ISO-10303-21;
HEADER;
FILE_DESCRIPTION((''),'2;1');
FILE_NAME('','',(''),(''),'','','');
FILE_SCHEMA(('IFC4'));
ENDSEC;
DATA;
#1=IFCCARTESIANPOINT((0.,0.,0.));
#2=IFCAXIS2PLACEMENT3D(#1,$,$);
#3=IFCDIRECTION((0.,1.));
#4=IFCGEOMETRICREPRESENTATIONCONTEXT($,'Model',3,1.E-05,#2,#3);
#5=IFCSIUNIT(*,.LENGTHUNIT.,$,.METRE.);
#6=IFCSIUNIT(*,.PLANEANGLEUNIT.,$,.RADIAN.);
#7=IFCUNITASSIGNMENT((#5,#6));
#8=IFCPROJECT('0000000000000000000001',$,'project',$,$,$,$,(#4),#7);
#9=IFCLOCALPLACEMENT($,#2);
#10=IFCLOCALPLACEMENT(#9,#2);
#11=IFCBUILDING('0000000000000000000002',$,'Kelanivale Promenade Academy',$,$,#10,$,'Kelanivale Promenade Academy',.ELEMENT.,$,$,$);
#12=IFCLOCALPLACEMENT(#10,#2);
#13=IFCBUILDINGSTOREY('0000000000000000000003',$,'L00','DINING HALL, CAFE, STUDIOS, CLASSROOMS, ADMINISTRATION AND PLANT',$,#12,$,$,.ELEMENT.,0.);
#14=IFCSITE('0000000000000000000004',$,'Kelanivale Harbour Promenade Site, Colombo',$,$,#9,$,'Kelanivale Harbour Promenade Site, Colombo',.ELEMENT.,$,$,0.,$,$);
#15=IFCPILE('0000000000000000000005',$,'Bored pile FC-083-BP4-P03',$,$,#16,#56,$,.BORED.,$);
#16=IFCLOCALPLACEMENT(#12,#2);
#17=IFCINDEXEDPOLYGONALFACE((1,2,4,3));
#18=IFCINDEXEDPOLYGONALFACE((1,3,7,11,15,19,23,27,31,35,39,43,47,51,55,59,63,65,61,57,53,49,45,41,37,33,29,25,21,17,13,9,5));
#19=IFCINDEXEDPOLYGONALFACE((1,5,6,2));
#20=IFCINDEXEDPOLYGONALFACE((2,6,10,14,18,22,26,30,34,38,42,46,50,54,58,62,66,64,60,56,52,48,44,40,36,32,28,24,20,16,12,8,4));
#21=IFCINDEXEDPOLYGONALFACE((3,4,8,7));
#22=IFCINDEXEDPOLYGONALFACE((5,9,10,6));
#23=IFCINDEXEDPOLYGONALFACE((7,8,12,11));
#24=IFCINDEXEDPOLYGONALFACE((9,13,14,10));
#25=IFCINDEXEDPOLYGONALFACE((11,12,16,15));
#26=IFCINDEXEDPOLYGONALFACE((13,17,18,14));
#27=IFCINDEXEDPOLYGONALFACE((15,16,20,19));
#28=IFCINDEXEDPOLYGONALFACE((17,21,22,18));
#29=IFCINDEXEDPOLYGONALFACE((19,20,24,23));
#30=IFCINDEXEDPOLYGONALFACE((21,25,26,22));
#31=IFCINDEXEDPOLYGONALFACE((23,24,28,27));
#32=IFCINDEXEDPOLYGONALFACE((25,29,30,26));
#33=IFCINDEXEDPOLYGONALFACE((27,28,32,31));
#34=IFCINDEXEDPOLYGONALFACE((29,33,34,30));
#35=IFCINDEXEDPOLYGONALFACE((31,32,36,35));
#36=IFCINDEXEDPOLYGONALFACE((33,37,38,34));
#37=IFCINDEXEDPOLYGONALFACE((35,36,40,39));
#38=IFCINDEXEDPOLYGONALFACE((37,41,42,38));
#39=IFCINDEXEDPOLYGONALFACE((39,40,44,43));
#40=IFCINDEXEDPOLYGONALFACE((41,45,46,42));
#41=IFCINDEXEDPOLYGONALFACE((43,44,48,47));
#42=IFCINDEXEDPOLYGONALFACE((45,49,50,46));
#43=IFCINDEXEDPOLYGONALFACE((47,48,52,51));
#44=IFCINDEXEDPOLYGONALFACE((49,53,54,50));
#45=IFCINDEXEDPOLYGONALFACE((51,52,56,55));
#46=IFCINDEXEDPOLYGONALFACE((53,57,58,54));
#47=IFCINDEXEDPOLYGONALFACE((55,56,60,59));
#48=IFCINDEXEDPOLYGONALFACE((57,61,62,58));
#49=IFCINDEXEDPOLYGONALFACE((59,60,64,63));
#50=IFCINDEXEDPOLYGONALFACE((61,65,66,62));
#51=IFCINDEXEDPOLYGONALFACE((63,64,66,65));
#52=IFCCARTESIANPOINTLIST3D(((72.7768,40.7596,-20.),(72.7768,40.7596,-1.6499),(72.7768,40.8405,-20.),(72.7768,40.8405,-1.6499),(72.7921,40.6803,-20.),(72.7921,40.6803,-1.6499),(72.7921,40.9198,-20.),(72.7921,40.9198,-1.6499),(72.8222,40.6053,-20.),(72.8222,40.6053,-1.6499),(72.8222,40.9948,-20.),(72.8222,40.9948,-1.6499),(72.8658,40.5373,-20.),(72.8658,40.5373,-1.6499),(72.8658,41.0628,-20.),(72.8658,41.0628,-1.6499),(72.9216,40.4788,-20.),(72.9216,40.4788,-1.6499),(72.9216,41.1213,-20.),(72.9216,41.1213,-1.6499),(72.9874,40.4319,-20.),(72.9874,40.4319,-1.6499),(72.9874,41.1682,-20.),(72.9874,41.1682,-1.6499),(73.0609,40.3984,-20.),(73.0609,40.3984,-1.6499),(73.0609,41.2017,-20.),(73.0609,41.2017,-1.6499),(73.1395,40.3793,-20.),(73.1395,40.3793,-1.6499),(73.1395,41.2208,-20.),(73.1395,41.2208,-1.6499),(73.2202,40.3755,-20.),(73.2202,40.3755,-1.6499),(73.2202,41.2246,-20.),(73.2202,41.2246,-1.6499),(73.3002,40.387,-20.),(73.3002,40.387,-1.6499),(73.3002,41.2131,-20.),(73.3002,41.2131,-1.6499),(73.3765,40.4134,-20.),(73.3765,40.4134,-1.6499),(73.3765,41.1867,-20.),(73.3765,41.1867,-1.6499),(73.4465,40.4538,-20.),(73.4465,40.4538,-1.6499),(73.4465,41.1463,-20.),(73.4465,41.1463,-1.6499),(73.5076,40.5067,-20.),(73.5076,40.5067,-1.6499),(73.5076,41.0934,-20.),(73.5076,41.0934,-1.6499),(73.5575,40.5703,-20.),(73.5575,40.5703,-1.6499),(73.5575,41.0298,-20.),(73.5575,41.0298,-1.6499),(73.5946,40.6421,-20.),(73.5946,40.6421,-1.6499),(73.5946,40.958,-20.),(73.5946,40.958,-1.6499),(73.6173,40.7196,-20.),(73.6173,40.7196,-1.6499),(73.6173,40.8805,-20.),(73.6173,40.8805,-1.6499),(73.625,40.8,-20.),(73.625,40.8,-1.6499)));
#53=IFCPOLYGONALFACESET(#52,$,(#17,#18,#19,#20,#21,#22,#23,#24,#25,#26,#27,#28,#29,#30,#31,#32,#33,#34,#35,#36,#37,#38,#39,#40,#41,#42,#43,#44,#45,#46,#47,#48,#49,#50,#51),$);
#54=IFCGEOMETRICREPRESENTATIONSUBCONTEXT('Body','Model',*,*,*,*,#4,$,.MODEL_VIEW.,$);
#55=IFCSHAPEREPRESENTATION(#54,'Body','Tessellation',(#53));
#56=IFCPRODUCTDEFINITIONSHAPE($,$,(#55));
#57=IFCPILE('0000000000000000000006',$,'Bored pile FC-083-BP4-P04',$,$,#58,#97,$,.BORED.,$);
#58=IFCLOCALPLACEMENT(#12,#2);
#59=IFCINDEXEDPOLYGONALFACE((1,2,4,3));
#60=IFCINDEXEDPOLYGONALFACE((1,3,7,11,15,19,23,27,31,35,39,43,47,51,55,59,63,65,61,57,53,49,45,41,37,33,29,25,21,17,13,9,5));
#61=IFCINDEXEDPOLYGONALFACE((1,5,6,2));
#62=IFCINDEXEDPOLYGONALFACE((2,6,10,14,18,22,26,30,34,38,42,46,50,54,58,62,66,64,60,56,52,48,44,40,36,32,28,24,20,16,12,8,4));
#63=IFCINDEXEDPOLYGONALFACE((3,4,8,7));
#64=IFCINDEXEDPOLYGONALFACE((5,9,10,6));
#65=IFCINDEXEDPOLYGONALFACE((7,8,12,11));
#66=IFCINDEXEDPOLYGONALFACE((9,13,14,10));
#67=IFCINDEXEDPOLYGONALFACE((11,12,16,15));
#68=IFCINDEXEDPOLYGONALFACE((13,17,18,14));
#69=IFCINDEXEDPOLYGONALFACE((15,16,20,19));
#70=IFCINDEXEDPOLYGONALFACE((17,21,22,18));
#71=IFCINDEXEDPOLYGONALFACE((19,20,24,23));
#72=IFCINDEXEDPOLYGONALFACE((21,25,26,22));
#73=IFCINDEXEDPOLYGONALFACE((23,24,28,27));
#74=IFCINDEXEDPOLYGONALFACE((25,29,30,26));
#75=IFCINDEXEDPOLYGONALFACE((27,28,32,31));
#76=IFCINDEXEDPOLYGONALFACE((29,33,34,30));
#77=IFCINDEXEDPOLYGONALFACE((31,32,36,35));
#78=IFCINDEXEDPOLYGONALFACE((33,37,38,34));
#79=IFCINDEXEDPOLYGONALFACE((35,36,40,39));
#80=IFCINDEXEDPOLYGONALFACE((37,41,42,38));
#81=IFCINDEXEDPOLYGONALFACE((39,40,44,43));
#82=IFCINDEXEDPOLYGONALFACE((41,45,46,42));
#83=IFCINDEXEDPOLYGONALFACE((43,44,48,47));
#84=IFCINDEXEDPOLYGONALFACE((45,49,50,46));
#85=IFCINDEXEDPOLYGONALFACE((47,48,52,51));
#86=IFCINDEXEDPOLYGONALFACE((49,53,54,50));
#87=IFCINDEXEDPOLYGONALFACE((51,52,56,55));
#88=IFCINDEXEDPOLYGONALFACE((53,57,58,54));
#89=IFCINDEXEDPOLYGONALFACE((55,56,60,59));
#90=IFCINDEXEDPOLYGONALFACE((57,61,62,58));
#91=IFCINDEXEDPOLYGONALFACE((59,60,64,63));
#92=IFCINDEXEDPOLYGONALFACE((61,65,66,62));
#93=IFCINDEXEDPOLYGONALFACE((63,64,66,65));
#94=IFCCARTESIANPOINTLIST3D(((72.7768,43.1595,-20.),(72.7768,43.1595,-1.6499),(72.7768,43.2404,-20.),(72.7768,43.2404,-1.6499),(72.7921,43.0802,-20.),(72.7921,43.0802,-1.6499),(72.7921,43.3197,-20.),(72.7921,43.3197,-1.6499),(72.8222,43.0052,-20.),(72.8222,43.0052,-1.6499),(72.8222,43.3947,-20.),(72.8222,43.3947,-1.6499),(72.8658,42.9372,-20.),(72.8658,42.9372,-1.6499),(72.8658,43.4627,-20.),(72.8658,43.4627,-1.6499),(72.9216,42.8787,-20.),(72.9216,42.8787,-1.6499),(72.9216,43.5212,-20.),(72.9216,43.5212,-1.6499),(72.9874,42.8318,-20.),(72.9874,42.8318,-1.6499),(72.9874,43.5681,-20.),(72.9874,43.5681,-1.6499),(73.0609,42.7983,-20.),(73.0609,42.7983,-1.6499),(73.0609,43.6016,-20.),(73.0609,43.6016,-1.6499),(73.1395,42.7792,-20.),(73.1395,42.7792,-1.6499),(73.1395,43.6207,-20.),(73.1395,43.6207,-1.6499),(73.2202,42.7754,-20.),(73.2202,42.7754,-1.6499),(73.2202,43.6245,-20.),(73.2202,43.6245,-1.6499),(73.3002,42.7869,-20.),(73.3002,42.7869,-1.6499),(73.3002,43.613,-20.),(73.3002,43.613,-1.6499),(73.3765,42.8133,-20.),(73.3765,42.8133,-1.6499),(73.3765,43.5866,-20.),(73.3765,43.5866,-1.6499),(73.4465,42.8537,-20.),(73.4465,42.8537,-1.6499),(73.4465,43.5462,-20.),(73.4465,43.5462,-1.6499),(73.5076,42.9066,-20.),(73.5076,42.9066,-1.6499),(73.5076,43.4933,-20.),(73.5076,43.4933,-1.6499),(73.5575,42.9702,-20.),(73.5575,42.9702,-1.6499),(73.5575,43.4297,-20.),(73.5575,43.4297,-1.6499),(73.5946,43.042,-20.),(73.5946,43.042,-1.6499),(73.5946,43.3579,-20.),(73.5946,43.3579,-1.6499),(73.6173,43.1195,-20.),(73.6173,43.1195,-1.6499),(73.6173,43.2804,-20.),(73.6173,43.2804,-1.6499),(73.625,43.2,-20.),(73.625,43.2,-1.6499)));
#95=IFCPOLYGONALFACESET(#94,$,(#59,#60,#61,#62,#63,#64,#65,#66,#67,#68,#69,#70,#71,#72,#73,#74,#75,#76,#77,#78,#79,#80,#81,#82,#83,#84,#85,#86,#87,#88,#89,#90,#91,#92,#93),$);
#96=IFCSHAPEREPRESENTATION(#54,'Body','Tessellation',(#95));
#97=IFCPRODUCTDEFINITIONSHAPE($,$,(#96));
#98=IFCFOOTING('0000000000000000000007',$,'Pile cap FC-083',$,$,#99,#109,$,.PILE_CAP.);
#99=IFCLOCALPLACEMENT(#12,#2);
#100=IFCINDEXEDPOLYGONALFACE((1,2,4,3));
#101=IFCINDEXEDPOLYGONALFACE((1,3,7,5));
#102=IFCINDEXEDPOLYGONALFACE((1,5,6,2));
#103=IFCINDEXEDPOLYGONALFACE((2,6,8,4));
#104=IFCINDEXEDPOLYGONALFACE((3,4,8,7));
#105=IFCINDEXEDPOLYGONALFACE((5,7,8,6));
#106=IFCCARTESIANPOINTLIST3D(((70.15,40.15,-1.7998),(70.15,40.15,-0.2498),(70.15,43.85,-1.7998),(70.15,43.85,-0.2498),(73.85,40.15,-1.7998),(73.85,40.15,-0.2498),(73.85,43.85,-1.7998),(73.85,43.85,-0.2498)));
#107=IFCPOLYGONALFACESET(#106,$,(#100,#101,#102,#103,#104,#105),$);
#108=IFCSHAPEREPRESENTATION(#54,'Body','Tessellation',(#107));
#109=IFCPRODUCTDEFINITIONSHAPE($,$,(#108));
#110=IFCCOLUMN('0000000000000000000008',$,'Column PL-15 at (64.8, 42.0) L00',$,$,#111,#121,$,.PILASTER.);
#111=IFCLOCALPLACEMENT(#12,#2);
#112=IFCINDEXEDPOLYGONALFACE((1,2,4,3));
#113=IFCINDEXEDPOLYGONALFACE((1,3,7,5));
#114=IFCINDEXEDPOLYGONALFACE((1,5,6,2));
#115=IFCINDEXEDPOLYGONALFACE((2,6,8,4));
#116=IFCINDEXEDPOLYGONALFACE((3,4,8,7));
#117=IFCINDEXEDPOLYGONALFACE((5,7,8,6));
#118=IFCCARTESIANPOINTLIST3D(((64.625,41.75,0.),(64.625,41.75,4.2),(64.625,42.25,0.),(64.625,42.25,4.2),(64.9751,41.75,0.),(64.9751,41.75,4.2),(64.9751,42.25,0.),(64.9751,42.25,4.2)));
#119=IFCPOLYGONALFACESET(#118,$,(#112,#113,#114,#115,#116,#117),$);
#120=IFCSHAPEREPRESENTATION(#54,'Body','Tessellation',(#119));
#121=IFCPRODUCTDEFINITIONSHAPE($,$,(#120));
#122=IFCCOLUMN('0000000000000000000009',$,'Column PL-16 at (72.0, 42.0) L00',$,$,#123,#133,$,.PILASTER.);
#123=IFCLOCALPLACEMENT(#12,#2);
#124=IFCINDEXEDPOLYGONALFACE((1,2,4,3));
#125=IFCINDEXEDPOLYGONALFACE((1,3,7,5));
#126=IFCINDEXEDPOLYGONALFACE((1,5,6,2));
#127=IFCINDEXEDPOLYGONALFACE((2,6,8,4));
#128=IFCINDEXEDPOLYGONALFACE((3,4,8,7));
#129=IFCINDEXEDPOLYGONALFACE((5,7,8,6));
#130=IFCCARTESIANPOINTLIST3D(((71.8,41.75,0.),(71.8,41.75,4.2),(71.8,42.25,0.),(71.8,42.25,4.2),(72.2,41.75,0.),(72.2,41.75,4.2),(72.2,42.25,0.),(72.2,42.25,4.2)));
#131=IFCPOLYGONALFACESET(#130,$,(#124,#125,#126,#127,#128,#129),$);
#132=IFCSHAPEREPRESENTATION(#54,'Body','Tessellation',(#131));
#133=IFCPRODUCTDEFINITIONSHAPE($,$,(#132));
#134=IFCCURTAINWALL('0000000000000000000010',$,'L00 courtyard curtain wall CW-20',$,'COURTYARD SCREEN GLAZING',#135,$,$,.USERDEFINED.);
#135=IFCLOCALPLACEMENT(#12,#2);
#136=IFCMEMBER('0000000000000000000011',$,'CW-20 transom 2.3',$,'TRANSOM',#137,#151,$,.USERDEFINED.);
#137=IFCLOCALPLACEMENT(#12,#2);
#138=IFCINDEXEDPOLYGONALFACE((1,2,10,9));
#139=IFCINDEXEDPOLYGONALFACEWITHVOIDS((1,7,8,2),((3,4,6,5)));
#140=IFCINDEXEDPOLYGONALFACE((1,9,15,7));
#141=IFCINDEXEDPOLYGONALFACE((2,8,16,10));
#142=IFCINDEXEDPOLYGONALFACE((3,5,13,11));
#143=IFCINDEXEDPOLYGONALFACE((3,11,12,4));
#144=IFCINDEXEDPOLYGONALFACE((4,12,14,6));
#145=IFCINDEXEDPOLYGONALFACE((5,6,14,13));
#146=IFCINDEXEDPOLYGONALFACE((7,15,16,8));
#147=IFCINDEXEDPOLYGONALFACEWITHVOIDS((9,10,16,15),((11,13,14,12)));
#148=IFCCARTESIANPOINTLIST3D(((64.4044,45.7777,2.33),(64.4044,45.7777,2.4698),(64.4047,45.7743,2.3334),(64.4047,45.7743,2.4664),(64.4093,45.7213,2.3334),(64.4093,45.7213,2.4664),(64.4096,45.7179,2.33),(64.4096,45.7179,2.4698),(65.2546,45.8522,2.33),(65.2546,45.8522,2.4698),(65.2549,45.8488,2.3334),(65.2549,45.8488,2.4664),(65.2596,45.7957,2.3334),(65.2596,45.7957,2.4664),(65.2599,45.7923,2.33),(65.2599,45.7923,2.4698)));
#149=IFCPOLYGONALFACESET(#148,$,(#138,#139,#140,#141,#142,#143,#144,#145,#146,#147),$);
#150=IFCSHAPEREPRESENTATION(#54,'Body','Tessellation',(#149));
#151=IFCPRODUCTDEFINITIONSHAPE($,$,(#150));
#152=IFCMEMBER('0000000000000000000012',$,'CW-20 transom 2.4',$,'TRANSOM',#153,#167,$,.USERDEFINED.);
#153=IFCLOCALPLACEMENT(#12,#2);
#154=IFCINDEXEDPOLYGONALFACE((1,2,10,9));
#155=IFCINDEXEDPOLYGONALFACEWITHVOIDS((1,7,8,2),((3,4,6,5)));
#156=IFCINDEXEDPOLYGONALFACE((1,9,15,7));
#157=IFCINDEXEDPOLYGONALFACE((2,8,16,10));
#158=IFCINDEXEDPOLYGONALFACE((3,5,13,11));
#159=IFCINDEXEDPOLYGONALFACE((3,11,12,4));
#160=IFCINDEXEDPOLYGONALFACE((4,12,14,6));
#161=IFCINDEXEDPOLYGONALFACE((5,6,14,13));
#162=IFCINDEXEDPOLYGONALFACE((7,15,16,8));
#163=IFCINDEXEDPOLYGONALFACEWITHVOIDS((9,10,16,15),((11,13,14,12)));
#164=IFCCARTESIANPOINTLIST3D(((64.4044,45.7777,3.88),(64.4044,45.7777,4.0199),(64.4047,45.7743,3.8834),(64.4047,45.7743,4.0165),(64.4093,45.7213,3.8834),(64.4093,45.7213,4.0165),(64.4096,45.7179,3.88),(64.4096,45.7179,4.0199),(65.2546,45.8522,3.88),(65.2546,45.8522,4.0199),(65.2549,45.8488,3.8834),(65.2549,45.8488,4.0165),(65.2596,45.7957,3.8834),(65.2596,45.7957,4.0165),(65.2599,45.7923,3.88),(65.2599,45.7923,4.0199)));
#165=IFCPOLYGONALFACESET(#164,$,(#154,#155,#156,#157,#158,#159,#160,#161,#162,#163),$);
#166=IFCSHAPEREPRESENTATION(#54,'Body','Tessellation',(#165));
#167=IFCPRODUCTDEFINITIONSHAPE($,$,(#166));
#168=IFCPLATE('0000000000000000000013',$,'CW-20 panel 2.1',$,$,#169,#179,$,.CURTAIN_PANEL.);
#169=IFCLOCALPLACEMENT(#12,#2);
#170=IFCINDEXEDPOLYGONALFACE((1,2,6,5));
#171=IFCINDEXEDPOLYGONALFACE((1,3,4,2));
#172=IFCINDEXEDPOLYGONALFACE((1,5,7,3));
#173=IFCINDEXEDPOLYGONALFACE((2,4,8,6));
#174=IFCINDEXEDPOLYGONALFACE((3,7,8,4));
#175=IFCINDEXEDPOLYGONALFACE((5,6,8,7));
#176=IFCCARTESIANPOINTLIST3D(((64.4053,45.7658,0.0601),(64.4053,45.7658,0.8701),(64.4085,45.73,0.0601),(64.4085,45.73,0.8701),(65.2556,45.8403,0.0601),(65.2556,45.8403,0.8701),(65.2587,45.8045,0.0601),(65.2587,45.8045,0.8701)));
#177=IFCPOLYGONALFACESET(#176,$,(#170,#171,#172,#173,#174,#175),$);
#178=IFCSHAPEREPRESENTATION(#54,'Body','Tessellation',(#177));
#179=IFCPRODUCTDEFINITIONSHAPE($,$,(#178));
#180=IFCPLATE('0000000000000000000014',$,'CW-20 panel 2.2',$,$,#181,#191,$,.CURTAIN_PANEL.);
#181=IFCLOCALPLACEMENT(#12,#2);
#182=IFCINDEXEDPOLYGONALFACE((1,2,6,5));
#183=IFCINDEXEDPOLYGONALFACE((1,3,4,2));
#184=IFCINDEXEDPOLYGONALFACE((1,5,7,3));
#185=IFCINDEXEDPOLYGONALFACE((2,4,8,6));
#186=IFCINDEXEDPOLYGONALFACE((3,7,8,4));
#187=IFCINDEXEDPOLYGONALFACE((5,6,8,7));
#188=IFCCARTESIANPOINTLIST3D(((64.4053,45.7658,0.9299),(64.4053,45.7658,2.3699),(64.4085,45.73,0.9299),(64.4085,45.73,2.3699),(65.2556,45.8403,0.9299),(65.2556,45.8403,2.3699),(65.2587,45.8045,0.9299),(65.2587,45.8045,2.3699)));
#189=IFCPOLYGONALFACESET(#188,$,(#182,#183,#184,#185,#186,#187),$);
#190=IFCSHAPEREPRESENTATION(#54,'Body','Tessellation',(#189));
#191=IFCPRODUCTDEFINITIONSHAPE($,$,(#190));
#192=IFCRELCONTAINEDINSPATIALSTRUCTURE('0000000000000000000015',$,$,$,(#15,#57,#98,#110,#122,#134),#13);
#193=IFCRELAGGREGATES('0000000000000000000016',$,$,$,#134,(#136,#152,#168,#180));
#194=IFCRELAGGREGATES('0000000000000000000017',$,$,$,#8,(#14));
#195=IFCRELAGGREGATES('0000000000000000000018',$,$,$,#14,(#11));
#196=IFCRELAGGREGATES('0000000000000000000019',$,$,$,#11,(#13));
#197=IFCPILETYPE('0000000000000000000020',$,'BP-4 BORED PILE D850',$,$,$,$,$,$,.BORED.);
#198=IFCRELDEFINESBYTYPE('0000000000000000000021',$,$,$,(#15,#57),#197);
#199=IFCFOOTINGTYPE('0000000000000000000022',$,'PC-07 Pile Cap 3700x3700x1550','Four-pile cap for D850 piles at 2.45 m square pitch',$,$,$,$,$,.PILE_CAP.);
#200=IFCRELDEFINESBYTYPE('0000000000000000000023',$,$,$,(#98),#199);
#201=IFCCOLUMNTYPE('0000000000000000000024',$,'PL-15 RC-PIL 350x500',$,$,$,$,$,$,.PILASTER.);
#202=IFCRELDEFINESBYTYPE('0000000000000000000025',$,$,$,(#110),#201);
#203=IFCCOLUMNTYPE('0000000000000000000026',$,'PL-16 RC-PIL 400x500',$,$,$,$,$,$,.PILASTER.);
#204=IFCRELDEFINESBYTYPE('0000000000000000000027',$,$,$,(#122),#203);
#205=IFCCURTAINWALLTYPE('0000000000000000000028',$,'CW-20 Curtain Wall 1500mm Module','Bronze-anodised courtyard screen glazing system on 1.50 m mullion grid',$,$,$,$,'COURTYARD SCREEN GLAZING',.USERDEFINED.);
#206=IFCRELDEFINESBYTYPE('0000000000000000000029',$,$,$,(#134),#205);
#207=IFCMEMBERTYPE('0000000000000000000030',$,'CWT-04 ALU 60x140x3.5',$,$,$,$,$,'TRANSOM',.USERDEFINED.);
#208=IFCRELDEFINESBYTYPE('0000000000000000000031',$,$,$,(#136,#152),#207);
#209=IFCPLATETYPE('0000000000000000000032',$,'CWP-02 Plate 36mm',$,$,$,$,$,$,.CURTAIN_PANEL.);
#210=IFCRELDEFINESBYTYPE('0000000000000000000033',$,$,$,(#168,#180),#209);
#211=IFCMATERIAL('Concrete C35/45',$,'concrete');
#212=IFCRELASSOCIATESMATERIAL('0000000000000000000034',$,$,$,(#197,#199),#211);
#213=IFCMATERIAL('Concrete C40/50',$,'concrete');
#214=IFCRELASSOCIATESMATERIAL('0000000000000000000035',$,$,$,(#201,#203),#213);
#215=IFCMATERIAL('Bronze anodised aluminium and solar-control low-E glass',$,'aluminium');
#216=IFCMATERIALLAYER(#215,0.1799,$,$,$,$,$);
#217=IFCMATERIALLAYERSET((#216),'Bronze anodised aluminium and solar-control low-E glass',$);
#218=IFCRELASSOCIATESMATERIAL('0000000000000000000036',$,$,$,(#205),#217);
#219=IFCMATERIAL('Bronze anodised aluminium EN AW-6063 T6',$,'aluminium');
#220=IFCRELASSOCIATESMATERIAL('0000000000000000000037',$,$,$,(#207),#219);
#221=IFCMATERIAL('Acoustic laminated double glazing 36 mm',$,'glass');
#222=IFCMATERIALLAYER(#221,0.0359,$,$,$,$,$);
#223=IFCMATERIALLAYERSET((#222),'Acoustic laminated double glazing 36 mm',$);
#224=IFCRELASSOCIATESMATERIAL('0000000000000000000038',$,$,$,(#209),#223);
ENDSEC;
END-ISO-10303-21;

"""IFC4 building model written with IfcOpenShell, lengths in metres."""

from ifc_helpers import new_model, si_unit, direction, frame, origin, origin_2d, place, context, subcontext, project, spatial, rectangle, hollow_rectangle, circle, extrude, material, layer, layer_set, material_profile, profile_set, type_object, element, aggregate, save


model = new_model("IFC4")

# Units and contexts
model_context = context("Model", 3, precision=1e-05, world=origin(), true_north=direction((0.0, 1.0)))
body_context = subcontext(model_context, "Body", "Model", "MODEL_VIEW")
ifc_project = project(units=[si_unit("LENGTHUNIT", "METRE"), si_unit("PLANEANGLEUNIT", "RADIAN")], contexts=[model_context])

# Site, building, storey
site_placement = place(None, origin())
site = spatial("IfcSite", under=ifc_project, at=site_placement, Name="Kelanivale Harbour Promenade Site, Colombo", LongName="Kelanivale Harbour Promenade Site, Colombo", CompositionType="ELEMENT", RefElevation=0.0)
building_placement = place(site_placement, origin())
building = spatial("IfcBuilding", under=site, at=building_placement, Name="Kelanivale Promenade Academy", LongName="Kelanivale Promenade Academy", CompositionType="ELEMENT")
storey_placement = place(building_placement, origin())
storey = spatial("IfcBuildingStorey", under=building, at=storey_placement, Name="L00", Description="DINING HALL, CAFE, STUDIOS, CLASSROOMS, ADMINISTRATION AND PLANT", CompositionType="ELEMENT", Elevation=0.0)

# Piles
ifc_material_1 = material(Name="Concrete C35/45", Category="concrete")
ifc_material_profile_1 = material_profile(ifc_material_1, circle(Radius=0.425, at=origin_2d()), Name="BORED PILE D850")
ifc_profile_set_1 = profile_set([ifc_material_profile_1], Name="Concrete C35/45")
pile_type = type_object("IfcPileType", Name="BP-4 BORED PILE D850", PredefinedType="BORED", material=ifc_profile_set_1)
for number, where, z_axis, x_axis, name in (
    (1, (73.2, 40.8, -1.6499), (0.0, 0.0, -1.0), (1.0, 0.0, 0.0), "Bored pile FC-083-BP4-P03"),
    (2, (73.2, 43.2, -1.6499), (0.0, 0.0, -1.0), (1.0, 0.0, 0.0), "Bored pile FC-083-BP4-P04"),
):
    element("IfcPile", number, at=place(storey_placement, frame(where, z_axis=z_axis, x_axis=x_axis)), inside=storey, type_object=pile_type, Name=name, PredefinedType="BORED", context=body_context, shape_type="SweptSolid", body=[
        extrude(circle(Radius=0.425, at=origin_2d()), origin(), (0.0, 0.0, 1.0), 18.3501),
    ])

# Footing
footing_type = type_object("IfcFootingType", Name="PC-07 Pile Cap 3700x3700x1550", Description="Four-pile cap for D850 piles at 2.45 m square pitch", PredefinedType="PILE_CAP", material=ifc_material_1)
footing_placement = place(storey_placement, frame((72.0, 42.0, -1.7998), z_axis=(0.0, 0.0, 1.0), x_axis=(1.0, 0.0, 0.0)))
element("IfcFooting", 3, at=footing_placement, inside=storey, type_object=footing_type, Name="Pile cap FC-083", PredefinedType="PILE_CAP", context=body_context, shape_type="SweptSolid", body=[
    extrude(rectangle(XDim=3.7, YDim=3.7, at=origin_2d()), origin(), (0.0, 0.0, 1.0), 1.55),
])

# Columns
ifc_material_2 = material(Name="Concrete C40/50", Category="concrete")
ifc_material_profile_2 = material_profile(ifc_material_2, rectangle(XDim=0.3501, YDim=0.5, at=origin_2d()), Name="RC-PIL 350x500")
ifc_profile_set_2 = profile_set([ifc_material_profile_2], Name="Concrete C40/50")
column_type_1 = type_object("IfcColumnType", Name="PL-15 RC-PIL 350x500", PredefinedType="PILASTER", material=ifc_profile_set_2)
column_1_placement = place(storey_placement, frame((64.8, 42.0, 0.0), z_axis=(0.0, 0.0, 1.0), x_axis=(1.0, 0.0, 0.0)))
element("IfcColumn", 4, at=column_1_placement, inside=storey, type_object=column_type_1, Name="Column PL-15 at (64.8, 42.0) L00", PredefinedType="PILASTER", context=body_context, shape_type="SweptSolid", body=[
    extrude(rectangle(XDim=0.3501, YDim=0.5, at=origin_2d()), origin(), (0.0, 0.0, 1.0), 4.2),
])
ifc_material_profile_3 = material_profile(ifc_material_2, rectangle(XDim=0.3999, YDim=0.5, at=origin_2d()), Name="RC-PIL 400x500")
ifc_profile_set_3 = profile_set([ifc_material_profile_3], Name="Concrete C40/50")
column_type_2 = type_object("IfcColumnType", Name="PL-16 RC-PIL 400x500", PredefinedType="PILASTER", material=ifc_profile_set_3)
column_2_placement = place(storey_placement, frame((72.0, 42.0, 0.0), z_axis=(0.0, 0.0, 1.0), x_axis=(1.0, 0.0, 0.0)))
element("IfcColumn", 5, at=column_2_placement, inside=storey, type_object=column_type_2, Name="Column PL-16 at (72.0, 42.0) L00", PredefinedType="PILASTER", context=body_context, shape_type="SweptSolid", body=[
    extrude(rectangle(XDim=0.3999, YDim=0.5, at=origin_2d()), origin(), (0.0, 0.0, 1.0), 4.2),
])

# Curtain wall, members, plates
ifc_material_3 = material(Name="Bronze anodised aluminium and solar-control low-E glass", Category="aluminium")
ifc_layer_1 = layer(ifc_material_3, 0.1799)
ifc_layer_set_1 = layer_set([ifc_layer_1], Name="Bronze anodised aluminium and solar-control low-E glass")
curtain_wall_type = type_object("IfcCurtainWallType", Name="CW-20 Curtain Wall 1500mm Module", Description="Bronze-anodised courtyard screen glazing system on 1.50 m mullion grid", ElementType="COURTYARD SCREEN GLAZING", PredefinedType="USERDEFINED", material=ifc_layer_set_1)
curtain_wall_placement = place(storey_placement, origin())
curtain_wall = element("IfcCurtainWall", 6, at=curtain_wall_placement, inside=storey, type_object=curtain_wall_type, Name="L00 courtyard curtain wall CW-20", ObjectType="COURTYARD SCREEN GLAZING", PredefinedType="USERDEFINED")
ifc_material_4 = material(Name="Bronze anodised aluminium EN AW-6063 T6", Category="aluminium")
ifc_material_profile_4 = material_profile(ifc_material_4, hollow_rectangle(XDim=0.0601, YDim=0.1399, WallThickness=0.0034, at=origin_2d()), Name="ALU 60x140x3.5")
ifc_profile_set_4 = profile_set([ifc_material_profile_4], Name="Bronze anodised aluminium EN AW-6063 T6")
member_type = type_object("IfcMemberType", Name="CWT-04 ALU 60x140x3.5", ElementType="TRANSOM", PredefinedType="USERDEFINED", material=ifc_profile_set_4)
member_1_placement = place(storey_placement, frame((64.407, 45.7478, 2.3999), z_axis=(0.996188, 0.087234, 0.0), x_axis=(-0.087234, 0.996188, 0.0)))
member_1 = element("IfcMember", 7, at=member_1_placement, type_object=member_type, Name="CW-20 transom 2.3", ObjectType="TRANSOM", PredefinedType="USERDEFINED", context=body_context, shape_type="SweptSolid", body=[
    extrude(hollow_rectangle(XDim=0.0601, YDim=0.1399, WallThickness=0.0034, at=origin_2d()), origin(), (0.0, 0.0, 1.0), 0.8535),
])
member_2_placement = place(storey_placement, frame((64.407, 45.7478, 3.95), z_axis=(0.996188, 0.087234, 0.0), x_axis=(-0.087234, 0.996188, 0.0)))
member_2 = element("IfcMember", 8, at=member_2_placement, type_object=member_type, Name="CW-20 transom 2.4", ObjectType="TRANSOM", PredefinedType="USERDEFINED", context=body_context, shape_type="SweptSolid", body=[
    extrude(hollow_rectangle(XDim=0.0601, YDim=0.1399, WallThickness=0.0034, at=origin_2d()), origin(), (0.0, 0.0, 1.0), 0.8535),
])
ifc_material_5 = material(Name="Acoustic laminated double glazing 36 mm", Category="glass")
ifc_layer_2 = layer(ifc_material_5, 0.0359)
ifc_layer_set_2 = layer_set([ifc_layer_2], Name="Acoustic laminated double glazing 36 mm")
plate_type = type_object("IfcPlateType", Name="CWP-02 Plate 36mm", PredefinedType="CURTAIN_PANEL", material=ifc_layer_set_2)
plate_1_placement = place(storey_placement, frame((64.832, 45.7852, 0.0601), z_axis=(0.0, 0.0, 1.0), x_axis=(0.996185, 0.087265, 0.0)))
plate_1 = element("IfcPlate", 9, at=plate_1_placement, type_object=plate_type, Name="CW-20 panel 2.1", PredefinedType="CURTAIN_PANEL", context=body_context, shape_type="SweptSolid", body=[
    extrude(rectangle(XDim=0.8535, YDim=0.0359, at=origin_2d()), origin(), (0.0, 0.0, 1.0), 0.8101),
])
plate_2_placement = place(storey_placement, frame((64.832, 45.7852, 0.9299), z_axis=(0.0, 0.0, 1.0), x_axis=(0.996185, 0.087265, 0.0)))
plate_2 = element("IfcPlate", 10, at=plate_2_placement, type_object=plate_type, Name="CW-20 panel 2.2", PredefinedType="CURTAIN_PANEL", context=body_context, shape_type="SweptSolid", body=[
    extrude(rectangle(XDim=0.8535, YDim=0.0359, at=origin_2d()), origin(), (0.0, 0.0, 1.0), 1.4399),
])
aggregate(curtain_wall, [member_1, member_2, plate_1, plate_2])

save(model, "model.ifc")
